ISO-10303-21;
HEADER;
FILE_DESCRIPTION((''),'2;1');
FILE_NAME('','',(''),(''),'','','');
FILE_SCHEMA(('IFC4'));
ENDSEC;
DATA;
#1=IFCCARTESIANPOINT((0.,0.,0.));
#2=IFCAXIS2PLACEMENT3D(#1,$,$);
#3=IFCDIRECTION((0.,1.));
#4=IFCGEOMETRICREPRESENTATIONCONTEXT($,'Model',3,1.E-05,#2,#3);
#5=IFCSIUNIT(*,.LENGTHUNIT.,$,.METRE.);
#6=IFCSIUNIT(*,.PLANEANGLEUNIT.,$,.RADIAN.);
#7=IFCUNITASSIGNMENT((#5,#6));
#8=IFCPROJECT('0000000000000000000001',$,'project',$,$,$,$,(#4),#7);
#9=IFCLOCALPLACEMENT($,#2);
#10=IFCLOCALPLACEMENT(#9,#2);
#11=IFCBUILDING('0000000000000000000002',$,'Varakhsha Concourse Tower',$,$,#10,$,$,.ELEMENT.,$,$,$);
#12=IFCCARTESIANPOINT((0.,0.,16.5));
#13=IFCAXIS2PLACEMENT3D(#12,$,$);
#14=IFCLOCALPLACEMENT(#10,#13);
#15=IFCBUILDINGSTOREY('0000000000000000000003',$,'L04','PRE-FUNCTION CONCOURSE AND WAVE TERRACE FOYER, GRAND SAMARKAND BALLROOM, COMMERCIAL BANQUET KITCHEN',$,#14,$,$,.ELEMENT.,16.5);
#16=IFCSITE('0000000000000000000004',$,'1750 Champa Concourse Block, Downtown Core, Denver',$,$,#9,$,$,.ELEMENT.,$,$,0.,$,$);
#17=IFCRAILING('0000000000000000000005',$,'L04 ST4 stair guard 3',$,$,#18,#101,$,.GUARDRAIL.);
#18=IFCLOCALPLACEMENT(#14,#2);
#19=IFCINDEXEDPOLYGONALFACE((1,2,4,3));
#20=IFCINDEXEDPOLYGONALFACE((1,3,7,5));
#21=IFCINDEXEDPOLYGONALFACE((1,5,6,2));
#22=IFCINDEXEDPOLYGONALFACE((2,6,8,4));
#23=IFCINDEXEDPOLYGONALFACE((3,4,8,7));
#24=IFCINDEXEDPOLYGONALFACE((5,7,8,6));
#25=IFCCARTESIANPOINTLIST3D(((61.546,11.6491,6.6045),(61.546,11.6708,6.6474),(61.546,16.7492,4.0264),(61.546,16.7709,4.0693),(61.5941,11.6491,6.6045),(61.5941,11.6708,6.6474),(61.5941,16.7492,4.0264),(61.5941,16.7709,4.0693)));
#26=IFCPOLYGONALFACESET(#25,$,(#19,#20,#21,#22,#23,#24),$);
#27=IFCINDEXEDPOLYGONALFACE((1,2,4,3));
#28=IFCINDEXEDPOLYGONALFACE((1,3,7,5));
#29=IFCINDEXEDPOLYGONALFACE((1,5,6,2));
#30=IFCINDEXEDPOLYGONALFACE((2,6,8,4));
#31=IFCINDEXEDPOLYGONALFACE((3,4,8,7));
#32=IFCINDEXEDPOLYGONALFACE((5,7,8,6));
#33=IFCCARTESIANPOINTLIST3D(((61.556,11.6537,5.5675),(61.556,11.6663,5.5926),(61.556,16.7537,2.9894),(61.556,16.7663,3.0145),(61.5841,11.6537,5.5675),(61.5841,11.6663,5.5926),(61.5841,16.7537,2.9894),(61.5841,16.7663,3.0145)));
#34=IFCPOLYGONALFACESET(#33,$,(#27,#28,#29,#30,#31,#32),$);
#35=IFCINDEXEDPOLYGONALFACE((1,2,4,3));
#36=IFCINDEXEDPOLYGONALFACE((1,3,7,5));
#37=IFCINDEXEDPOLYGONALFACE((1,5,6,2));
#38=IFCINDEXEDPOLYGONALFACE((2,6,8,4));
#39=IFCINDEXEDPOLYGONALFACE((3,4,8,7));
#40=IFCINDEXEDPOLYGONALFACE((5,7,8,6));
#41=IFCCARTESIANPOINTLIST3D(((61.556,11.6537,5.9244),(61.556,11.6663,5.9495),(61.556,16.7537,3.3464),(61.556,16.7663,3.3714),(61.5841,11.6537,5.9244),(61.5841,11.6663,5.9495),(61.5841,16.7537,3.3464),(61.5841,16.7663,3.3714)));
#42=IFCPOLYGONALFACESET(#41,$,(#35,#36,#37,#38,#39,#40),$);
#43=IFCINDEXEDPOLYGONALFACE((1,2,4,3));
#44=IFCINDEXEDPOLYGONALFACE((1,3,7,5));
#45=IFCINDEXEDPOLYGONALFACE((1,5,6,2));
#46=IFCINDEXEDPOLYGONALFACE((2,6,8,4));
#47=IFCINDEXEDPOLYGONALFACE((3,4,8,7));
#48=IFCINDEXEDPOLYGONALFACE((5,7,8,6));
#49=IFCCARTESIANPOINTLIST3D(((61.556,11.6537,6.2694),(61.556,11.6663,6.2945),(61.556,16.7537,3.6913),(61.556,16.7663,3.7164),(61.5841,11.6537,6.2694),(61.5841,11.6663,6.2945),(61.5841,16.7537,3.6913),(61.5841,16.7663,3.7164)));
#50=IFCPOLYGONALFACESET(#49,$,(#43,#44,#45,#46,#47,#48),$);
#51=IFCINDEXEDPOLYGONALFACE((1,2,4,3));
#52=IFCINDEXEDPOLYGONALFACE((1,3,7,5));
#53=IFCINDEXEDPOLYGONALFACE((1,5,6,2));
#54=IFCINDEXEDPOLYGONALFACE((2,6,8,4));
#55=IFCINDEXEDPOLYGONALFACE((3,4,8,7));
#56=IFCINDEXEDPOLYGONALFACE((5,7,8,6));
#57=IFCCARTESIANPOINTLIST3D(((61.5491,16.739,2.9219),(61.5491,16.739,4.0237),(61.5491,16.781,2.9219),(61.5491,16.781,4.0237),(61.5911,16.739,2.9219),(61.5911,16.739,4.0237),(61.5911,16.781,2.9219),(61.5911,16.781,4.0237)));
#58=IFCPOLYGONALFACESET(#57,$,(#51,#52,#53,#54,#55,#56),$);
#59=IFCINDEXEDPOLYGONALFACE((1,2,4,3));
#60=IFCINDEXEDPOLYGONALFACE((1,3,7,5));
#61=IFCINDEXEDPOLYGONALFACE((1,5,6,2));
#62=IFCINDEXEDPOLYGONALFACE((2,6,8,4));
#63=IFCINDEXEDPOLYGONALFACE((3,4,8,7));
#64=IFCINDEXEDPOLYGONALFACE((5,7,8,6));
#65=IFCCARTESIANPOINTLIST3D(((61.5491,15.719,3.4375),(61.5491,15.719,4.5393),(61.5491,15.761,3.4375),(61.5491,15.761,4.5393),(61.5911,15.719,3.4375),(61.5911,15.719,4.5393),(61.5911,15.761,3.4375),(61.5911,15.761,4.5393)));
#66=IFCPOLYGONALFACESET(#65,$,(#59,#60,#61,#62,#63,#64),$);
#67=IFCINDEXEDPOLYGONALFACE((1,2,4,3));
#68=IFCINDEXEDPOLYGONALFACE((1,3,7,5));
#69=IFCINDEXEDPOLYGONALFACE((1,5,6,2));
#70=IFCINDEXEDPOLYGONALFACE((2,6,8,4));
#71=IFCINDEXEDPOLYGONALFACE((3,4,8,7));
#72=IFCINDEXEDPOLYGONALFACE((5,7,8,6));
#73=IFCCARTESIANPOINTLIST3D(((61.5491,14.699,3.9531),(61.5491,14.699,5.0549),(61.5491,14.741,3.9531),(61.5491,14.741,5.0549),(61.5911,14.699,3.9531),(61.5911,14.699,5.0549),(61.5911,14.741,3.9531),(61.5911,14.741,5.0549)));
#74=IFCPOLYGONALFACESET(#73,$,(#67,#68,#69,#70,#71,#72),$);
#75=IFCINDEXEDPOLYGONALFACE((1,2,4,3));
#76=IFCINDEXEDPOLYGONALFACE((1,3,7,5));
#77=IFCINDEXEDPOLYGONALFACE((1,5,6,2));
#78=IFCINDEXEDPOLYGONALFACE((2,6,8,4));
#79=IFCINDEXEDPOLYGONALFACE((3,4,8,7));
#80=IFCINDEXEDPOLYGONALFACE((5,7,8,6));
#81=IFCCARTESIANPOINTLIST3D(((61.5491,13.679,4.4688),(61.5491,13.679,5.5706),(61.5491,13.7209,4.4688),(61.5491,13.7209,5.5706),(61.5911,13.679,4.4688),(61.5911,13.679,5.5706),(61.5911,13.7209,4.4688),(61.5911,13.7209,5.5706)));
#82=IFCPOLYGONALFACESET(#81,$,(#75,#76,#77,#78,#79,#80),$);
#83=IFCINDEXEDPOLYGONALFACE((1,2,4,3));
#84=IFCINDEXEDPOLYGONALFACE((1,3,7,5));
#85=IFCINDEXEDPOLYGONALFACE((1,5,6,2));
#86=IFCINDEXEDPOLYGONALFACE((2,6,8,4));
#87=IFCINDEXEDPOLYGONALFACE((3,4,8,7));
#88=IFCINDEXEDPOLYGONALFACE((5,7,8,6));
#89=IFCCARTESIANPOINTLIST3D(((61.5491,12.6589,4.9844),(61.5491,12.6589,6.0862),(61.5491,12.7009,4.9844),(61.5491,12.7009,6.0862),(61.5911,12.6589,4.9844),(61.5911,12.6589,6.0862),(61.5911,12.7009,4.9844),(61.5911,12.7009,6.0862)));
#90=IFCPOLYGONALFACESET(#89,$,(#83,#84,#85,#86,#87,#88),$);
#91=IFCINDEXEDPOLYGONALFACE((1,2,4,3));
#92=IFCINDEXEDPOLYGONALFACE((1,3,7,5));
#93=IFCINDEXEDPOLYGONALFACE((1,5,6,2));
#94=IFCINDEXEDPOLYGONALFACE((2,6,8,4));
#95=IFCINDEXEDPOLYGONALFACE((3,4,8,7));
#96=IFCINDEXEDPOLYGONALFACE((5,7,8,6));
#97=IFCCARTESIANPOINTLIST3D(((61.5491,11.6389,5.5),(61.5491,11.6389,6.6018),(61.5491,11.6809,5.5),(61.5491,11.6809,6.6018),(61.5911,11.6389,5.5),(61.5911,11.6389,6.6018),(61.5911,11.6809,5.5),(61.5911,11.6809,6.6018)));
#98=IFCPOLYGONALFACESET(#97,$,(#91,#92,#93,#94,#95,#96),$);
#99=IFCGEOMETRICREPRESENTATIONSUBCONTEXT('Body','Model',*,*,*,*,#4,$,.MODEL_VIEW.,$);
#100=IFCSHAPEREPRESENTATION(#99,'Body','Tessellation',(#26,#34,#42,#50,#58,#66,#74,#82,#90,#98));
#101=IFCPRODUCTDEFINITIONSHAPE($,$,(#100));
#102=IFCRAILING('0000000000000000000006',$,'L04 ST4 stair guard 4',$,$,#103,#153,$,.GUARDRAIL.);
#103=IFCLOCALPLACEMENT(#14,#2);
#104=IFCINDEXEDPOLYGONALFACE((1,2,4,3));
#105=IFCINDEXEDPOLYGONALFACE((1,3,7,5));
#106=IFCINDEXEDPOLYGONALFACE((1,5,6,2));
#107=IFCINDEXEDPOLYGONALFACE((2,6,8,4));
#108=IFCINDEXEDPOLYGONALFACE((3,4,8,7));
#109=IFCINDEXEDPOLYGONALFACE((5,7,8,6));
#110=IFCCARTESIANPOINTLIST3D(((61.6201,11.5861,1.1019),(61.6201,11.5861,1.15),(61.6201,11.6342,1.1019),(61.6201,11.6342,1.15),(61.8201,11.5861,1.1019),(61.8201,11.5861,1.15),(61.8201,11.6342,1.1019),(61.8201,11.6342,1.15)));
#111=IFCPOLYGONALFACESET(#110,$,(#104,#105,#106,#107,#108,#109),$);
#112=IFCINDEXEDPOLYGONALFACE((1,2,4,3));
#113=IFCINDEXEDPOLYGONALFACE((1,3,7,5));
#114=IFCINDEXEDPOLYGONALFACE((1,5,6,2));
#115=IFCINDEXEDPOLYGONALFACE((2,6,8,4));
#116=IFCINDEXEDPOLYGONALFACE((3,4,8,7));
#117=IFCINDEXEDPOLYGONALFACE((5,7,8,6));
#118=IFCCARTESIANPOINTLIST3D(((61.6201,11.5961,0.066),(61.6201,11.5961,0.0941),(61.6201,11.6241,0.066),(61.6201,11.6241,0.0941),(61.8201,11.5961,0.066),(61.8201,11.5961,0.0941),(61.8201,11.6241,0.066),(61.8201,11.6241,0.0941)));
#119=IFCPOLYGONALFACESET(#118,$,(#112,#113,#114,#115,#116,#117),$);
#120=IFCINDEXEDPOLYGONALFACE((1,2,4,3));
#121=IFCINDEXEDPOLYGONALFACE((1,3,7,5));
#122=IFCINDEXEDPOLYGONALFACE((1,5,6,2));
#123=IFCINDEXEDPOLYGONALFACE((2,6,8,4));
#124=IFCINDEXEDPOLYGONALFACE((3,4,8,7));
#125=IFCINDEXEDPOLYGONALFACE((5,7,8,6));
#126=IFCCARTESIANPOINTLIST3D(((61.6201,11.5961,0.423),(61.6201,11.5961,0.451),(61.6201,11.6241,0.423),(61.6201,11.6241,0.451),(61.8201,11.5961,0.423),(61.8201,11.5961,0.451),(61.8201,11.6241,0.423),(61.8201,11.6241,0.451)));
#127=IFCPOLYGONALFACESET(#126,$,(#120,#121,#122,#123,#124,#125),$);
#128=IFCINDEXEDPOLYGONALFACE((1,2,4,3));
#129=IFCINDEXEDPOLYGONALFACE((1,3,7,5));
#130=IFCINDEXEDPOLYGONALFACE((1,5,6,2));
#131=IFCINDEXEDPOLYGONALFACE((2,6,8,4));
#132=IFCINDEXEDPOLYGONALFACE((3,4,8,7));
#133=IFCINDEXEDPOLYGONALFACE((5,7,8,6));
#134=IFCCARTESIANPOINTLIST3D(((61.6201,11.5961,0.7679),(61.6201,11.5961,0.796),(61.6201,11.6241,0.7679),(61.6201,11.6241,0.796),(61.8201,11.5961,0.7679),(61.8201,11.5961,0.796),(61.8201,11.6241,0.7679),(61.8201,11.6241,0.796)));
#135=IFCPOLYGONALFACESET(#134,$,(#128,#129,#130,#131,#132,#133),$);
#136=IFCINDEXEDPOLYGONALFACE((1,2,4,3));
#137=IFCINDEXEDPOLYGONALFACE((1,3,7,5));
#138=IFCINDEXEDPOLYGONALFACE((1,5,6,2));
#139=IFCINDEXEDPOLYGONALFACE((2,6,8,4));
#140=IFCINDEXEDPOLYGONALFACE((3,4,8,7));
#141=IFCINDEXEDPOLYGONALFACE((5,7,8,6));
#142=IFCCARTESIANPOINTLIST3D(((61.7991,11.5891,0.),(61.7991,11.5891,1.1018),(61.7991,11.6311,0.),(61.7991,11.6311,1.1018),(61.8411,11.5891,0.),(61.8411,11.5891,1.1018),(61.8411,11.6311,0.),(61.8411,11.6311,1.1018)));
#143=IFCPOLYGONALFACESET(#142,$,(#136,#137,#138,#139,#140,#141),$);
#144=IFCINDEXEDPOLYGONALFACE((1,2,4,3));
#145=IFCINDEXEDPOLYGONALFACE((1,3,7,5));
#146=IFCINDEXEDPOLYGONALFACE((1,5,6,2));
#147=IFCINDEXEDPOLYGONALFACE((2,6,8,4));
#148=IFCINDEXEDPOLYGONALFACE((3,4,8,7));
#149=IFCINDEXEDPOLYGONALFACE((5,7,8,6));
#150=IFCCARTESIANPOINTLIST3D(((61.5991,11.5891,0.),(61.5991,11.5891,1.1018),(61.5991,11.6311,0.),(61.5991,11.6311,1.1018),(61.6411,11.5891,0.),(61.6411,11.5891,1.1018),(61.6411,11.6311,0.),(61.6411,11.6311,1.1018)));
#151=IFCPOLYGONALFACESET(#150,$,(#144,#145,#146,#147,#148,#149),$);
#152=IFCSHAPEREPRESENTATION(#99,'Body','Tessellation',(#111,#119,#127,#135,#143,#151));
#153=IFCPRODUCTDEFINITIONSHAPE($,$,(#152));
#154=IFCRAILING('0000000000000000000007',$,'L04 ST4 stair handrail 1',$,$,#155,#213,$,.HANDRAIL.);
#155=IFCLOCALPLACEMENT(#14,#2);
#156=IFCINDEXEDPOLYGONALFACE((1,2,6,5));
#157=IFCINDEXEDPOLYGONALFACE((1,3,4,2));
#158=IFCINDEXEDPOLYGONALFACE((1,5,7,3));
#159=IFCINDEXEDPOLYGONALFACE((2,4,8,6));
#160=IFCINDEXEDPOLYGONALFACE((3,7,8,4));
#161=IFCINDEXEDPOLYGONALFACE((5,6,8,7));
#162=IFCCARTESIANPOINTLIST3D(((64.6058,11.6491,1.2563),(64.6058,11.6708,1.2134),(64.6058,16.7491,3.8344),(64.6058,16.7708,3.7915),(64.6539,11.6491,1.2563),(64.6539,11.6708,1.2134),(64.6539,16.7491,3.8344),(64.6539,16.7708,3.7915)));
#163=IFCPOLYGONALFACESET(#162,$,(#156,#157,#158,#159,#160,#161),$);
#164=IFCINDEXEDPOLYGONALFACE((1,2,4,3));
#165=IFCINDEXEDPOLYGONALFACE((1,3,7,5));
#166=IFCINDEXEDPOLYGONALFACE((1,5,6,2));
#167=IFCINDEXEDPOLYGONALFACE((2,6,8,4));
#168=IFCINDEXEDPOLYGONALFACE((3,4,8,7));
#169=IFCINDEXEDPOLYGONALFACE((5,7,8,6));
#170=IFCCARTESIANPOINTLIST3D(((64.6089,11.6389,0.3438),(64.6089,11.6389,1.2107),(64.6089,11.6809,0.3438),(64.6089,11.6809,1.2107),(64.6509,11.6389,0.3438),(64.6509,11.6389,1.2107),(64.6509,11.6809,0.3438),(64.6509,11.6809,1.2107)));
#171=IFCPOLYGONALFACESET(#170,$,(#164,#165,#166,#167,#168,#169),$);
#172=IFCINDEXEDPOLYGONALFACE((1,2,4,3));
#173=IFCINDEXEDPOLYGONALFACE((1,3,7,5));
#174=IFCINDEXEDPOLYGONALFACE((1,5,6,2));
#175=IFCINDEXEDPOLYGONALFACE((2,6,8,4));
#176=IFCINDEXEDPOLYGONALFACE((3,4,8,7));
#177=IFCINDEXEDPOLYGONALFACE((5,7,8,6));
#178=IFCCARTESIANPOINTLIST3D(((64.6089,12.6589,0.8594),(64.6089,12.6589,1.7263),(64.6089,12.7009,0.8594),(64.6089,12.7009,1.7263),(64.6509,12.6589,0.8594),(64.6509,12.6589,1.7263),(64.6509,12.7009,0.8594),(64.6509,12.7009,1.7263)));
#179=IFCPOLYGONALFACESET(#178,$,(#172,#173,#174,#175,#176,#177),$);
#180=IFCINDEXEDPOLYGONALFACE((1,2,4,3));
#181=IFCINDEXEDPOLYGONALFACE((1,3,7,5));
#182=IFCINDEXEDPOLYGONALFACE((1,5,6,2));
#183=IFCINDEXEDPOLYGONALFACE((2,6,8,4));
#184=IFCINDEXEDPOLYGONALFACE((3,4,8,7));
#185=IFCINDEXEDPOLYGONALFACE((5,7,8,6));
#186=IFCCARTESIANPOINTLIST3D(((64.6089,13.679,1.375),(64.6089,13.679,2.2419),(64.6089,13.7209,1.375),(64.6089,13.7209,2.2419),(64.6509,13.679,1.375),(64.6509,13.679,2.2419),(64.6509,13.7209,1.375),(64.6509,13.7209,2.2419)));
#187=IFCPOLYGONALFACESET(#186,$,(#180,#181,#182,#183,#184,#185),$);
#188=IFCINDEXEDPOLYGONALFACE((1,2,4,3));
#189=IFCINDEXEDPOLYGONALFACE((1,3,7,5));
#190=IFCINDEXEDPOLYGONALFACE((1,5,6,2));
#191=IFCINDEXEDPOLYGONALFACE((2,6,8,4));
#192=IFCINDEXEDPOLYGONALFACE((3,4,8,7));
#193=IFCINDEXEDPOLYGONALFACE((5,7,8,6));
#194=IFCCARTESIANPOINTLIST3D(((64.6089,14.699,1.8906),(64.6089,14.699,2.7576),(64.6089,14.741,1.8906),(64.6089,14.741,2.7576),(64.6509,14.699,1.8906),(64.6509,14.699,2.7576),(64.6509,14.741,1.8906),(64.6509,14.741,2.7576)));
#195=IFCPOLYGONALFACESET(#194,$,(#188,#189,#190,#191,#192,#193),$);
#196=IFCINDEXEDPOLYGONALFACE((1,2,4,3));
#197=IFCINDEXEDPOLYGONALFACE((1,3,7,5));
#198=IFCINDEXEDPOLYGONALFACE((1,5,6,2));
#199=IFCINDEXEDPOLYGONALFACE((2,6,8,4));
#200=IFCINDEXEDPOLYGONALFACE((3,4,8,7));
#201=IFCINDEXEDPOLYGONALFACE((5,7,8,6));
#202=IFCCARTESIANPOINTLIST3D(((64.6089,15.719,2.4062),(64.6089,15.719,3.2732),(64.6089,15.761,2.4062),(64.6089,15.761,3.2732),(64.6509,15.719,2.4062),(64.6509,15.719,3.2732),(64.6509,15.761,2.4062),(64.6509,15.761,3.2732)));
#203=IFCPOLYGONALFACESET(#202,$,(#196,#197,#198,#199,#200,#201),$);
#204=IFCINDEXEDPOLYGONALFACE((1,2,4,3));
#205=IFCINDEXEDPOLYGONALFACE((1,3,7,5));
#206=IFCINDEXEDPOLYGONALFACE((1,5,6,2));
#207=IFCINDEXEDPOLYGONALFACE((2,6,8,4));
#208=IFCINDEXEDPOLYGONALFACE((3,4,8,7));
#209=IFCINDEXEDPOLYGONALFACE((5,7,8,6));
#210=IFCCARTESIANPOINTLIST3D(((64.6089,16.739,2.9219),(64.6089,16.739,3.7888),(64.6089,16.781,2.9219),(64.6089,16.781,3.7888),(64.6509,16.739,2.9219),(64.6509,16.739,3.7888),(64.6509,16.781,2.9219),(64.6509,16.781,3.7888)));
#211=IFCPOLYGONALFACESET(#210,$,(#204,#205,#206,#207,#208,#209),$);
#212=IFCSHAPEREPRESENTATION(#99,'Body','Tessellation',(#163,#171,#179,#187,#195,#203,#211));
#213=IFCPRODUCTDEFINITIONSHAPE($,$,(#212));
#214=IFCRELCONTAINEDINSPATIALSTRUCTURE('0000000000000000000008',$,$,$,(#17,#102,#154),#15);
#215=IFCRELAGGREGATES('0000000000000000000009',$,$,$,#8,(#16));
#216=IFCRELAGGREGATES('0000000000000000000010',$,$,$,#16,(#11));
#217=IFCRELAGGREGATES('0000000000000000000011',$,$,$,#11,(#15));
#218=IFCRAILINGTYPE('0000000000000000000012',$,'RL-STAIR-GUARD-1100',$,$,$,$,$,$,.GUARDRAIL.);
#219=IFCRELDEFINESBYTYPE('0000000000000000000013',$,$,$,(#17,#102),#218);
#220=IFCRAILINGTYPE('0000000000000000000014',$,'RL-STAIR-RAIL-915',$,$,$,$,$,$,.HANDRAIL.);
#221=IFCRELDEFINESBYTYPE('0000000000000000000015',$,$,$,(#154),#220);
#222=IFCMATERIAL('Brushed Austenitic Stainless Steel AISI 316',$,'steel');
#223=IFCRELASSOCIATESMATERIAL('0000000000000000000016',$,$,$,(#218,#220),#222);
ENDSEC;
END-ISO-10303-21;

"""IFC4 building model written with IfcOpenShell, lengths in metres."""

from ifc_helpers import new_model, si_unit, direction, frame, origin, origin_2d, place, context, subcontext, project, spatial, rectangle, extrude, material, type_object, element, save


model = new_model("IFC4")

# Units and contexts
model_context = context("Model", 3, precision=1e-05, world=origin(), true_north=direction((0.0, 1.0)))
body_context = subcontext(model_context, "Body", "Model", "MODEL_VIEW")
ifc_project = project(units=[si_unit("LENGTHUNIT", "METRE"), si_unit("PLANEANGLEUNIT", "RADIAN")], contexts=[model_context])

# Site, building, storey
site_placement = place(None, origin())
site = spatial("IfcSite", under=ifc_project, at=site_placement, Name="1750 Champa Concourse Block, Downtown Core, Denver", CompositionType="ELEMENT", RefElevation=0.0)
building_placement = place(site_placement, origin())
building = spatial("IfcBuilding", under=site, at=building_placement, Name="Varakhsha Concourse Tower", CompositionType="ELEMENT")
storey_placement = place(building_placement, frame((0.0, 0.0, 16.5)))
storey = spatial("IfcBuildingStorey", under=building, at=storey_placement, Name="L04", Description="PRE-FUNCTION CONCOURSE AND WAVE TERRACE FOYER, GRAND SAMARKAND BALLROOM, COMMERCIAL BANQUET KITCHEN", CompositionType="ELEMENT", Elevation=16.5)

# Railings
ifc_material_1 = material(Name="Brushed Austenitic Stainless Steel AISI 316", Category="steel")
railing_type_1 = type_object("IfcRailingType", Name="RL-STAIR-GUARD-1100", PredefinedType="GUARDRAIL", material=ifc_material_1)
railing_1_placement = place(storey_placement, frame((61.5701, 16.76, 2.9219)))
element("IfcRailing", 1, at=railing_1_placement, inside=storey, type_object=railing_type_1, Name="L04 ST4 stair guard 3", PredefinedType="GUARDRAIL", context=body_context, shape_type="SweptSolid", body=[
    extrude(rectangle(XDim=0.0481, YDim=0.0481, at=origin_2d()), frame((0.0, 0.0, 1.126), z_axis=(0.0, -0.892453, 0.45114), x_axis=(1.0, 0.0, 0.0)), (0.0, 0.0, 1.0), 5.7146),
    extrude(rectangle(XDim=0.0281, YDim=0.0281, at=origin_2d()), frame((0.0, 0.0, 0.0801), z_axis=(0.0, -0.892453, 0.45114), x_axis=(1.0, 0.0, 0.0)), (0.0, 0.0, 1.0), 5.7146),
    extrude(rectangle(XDim=0.0281, YDim=0.0281, at=origin_2d()), frame((0.0, 0.0, 0.437), z_axis=(0.0, -0.892453, 0.45114), x_axis=(1.0, 0.0, 0.0)), (0.0, 0.0, 1.0), 5.7146),
    extrude(rectangle(XDim=0.0281, YDim=0.0281, at=origin_2d()), frame((0.0, 0.0, 0.782), z_axis=(0.0, -0.892453, 0.45114), x_axis=(1.0, 0.0, 0.0)), (0.0, 0.0, 1.0), 5.7146),
    extrude(rectangle(XDim=0.042, YDim=0.042, at=origin_2d()), origin(), (0.0, 0.0, 1.0), 1.1018),
    extrude(rectangle(XDim=0.042, YDim=0.042, at=origin_2d()), frame((0.0, -1.02, 0.5156)), (0.0, 0.0, 1.0), 1.1018),
    extrude(rectangle(XDim=0.042, YDim=0.042, at=origin_2d()), frame((0.0, -2.04, 1.0312)), (0.0, 0.0, 1.0), 1.1018),
    extrude(rectangle(XDim=0.042, YDim=0.042, at=origin_2d()), frame((0.0, -3.0601, 1.5469)), (0.0, 0.0, 1.0), 1.1018),
    extrude(rectangle(XDim=0.042, YDim=0.042, at=origin_2d()), frame((0.0, -4.0801, 2.0625)), (0.0, 0.0, 1.0), 1.1018),
    extrude(rectangle(XDim=0.042, YDim=0.042, at=origin_2d()), frame((0.0, -5.1001, 2.5781)), (0.0, 0.0, 1.0), 1.1018),
])
railing_2_placement = place(storey_placement, frame((61.8201, 11.6101, 0.0)))
element("IfcRailing", 2, at=railing_2_placement, inside=storey, type_object=railing_type_1, Name="L04 ST4 stair guard 4", PredefinedType="GUARDRAIL", context=body_context, shape_type="SweptSolid", body=[
    extrude(rectangle(XDim=0.0481, YDim=0.0481, at=origin_2d()), frame((0.0, 0.0, 1.126), z_axis=(-1.0, 0.0, 0.0), x_axis=(0.0, -1.0, 0.0)), (0.0, 0.0, 1.0), 0.2),
    extrude(rectangle(XDim=0.0281, YDim=0.0281, at=origin_2d()), frame((0.0, 0.0, 0.0801), z_axis=(-1.0, 0.0, 0.0), x_axis=(0.0, -1.0, 0.0)), (0.0, 0.0, 1.0), 0.2),
    extrude(rectangle(XDim=0.0281, YDim=0.0281, at=origin_2d()), frame((0.0, 0.0, 0.437), z_axis=(-1.0, 0.0, 0.0), x_axis=(0.0, -1.0, 0.0)), (0.0, 0.0, 1.0), 0.2),
    extrude(rectangle(XDim=0.0281, YDim=0.0281, at=origin_2d()), frame((0.0, 0.0, 0.782), z_axis=(-1.0, 0.0, 0.0), x_axis=(0.0, -1.0, 0.0)), (0.0, 0.0, 1.0), 0.2),
    extrude(rectangle(XDim=0.042, YDim=0.042, at=origin_2d()), origin(), (0.0, 0.0, 1.0), 1.1018),
    extrude(rectangle(XDim=0.042, YDim=0.042, at=origin_2d()), frame((-0.2, 0.0, 0.0)), (0.0, 0.0, 1.0), 1.1018),
])
railing_type_2 = type_object("IfcRailingType", Name="RL-STAIR-RAIL-915", PredefinedType="HANDRAIL", material=ifc_material_1)
railing_3_placement = place(storey_placement, frame((64.6299, 11.6599, 0.3438)))
element("IfcRailing", 3, at=railing_3_placement, inside=storey, type_object=railing_type_2, Name="L04 ST4 stair handrail 1", PredefinedType="HANDRAIL", context=body_context, shape_type="SweptSolid", body=[
    extrude(rectangle(XDim=0.0481, YDim=0.0481, at=origin_2d()), frame((0.0, 0.0, 0.8911), z_axis=(0.0, 0.892453, 0.45114), x_axis=(-1.0, 0.0, 0.0)), (0.0, 0.0, 1.0), 5.7146),
    extrude(rectangle(XDim=0.042, YDim=0.042, at=origin_2d()), origin(), (0.0, 0.0, 1.0), 0.8669),
    extrude(rectangle(XDim=0.042, YDim=0.042, at=origin_2d()), frame((0.0, 1.02, 0.5156)), (0.0, 0.0, 1.0), 0.8669),
    extrude(rectangle(XDim=0.042, YDim=0.042, at=origin_2d()), frame((0.0, 2.04, 1.0312)), (0.0, 0.0, 1.0), 0.8669),
    extrude(rectangle(XDim=0.042, YDim=0.042, at=origin_2d()), frame((0.0, 3.0601, 1.5469)), (0.0, 0.0, 1.0), 0.8669),
    extrude(rectangle(XDim=0.042, YDim=0.042, at=origin_2d()), frame((0.0, 4.0801, 2.0625)), (0.0, 0.0, 1.0), 0.8669),
    extrude(rectangle(XDim=0.042, YDim=0.042, at=origin_2d()), frame((0.0, 5.1001, 2.5781)), (0.0, 0.0, 1.0), 0.8669),
])

save(model, "model.ifc")
